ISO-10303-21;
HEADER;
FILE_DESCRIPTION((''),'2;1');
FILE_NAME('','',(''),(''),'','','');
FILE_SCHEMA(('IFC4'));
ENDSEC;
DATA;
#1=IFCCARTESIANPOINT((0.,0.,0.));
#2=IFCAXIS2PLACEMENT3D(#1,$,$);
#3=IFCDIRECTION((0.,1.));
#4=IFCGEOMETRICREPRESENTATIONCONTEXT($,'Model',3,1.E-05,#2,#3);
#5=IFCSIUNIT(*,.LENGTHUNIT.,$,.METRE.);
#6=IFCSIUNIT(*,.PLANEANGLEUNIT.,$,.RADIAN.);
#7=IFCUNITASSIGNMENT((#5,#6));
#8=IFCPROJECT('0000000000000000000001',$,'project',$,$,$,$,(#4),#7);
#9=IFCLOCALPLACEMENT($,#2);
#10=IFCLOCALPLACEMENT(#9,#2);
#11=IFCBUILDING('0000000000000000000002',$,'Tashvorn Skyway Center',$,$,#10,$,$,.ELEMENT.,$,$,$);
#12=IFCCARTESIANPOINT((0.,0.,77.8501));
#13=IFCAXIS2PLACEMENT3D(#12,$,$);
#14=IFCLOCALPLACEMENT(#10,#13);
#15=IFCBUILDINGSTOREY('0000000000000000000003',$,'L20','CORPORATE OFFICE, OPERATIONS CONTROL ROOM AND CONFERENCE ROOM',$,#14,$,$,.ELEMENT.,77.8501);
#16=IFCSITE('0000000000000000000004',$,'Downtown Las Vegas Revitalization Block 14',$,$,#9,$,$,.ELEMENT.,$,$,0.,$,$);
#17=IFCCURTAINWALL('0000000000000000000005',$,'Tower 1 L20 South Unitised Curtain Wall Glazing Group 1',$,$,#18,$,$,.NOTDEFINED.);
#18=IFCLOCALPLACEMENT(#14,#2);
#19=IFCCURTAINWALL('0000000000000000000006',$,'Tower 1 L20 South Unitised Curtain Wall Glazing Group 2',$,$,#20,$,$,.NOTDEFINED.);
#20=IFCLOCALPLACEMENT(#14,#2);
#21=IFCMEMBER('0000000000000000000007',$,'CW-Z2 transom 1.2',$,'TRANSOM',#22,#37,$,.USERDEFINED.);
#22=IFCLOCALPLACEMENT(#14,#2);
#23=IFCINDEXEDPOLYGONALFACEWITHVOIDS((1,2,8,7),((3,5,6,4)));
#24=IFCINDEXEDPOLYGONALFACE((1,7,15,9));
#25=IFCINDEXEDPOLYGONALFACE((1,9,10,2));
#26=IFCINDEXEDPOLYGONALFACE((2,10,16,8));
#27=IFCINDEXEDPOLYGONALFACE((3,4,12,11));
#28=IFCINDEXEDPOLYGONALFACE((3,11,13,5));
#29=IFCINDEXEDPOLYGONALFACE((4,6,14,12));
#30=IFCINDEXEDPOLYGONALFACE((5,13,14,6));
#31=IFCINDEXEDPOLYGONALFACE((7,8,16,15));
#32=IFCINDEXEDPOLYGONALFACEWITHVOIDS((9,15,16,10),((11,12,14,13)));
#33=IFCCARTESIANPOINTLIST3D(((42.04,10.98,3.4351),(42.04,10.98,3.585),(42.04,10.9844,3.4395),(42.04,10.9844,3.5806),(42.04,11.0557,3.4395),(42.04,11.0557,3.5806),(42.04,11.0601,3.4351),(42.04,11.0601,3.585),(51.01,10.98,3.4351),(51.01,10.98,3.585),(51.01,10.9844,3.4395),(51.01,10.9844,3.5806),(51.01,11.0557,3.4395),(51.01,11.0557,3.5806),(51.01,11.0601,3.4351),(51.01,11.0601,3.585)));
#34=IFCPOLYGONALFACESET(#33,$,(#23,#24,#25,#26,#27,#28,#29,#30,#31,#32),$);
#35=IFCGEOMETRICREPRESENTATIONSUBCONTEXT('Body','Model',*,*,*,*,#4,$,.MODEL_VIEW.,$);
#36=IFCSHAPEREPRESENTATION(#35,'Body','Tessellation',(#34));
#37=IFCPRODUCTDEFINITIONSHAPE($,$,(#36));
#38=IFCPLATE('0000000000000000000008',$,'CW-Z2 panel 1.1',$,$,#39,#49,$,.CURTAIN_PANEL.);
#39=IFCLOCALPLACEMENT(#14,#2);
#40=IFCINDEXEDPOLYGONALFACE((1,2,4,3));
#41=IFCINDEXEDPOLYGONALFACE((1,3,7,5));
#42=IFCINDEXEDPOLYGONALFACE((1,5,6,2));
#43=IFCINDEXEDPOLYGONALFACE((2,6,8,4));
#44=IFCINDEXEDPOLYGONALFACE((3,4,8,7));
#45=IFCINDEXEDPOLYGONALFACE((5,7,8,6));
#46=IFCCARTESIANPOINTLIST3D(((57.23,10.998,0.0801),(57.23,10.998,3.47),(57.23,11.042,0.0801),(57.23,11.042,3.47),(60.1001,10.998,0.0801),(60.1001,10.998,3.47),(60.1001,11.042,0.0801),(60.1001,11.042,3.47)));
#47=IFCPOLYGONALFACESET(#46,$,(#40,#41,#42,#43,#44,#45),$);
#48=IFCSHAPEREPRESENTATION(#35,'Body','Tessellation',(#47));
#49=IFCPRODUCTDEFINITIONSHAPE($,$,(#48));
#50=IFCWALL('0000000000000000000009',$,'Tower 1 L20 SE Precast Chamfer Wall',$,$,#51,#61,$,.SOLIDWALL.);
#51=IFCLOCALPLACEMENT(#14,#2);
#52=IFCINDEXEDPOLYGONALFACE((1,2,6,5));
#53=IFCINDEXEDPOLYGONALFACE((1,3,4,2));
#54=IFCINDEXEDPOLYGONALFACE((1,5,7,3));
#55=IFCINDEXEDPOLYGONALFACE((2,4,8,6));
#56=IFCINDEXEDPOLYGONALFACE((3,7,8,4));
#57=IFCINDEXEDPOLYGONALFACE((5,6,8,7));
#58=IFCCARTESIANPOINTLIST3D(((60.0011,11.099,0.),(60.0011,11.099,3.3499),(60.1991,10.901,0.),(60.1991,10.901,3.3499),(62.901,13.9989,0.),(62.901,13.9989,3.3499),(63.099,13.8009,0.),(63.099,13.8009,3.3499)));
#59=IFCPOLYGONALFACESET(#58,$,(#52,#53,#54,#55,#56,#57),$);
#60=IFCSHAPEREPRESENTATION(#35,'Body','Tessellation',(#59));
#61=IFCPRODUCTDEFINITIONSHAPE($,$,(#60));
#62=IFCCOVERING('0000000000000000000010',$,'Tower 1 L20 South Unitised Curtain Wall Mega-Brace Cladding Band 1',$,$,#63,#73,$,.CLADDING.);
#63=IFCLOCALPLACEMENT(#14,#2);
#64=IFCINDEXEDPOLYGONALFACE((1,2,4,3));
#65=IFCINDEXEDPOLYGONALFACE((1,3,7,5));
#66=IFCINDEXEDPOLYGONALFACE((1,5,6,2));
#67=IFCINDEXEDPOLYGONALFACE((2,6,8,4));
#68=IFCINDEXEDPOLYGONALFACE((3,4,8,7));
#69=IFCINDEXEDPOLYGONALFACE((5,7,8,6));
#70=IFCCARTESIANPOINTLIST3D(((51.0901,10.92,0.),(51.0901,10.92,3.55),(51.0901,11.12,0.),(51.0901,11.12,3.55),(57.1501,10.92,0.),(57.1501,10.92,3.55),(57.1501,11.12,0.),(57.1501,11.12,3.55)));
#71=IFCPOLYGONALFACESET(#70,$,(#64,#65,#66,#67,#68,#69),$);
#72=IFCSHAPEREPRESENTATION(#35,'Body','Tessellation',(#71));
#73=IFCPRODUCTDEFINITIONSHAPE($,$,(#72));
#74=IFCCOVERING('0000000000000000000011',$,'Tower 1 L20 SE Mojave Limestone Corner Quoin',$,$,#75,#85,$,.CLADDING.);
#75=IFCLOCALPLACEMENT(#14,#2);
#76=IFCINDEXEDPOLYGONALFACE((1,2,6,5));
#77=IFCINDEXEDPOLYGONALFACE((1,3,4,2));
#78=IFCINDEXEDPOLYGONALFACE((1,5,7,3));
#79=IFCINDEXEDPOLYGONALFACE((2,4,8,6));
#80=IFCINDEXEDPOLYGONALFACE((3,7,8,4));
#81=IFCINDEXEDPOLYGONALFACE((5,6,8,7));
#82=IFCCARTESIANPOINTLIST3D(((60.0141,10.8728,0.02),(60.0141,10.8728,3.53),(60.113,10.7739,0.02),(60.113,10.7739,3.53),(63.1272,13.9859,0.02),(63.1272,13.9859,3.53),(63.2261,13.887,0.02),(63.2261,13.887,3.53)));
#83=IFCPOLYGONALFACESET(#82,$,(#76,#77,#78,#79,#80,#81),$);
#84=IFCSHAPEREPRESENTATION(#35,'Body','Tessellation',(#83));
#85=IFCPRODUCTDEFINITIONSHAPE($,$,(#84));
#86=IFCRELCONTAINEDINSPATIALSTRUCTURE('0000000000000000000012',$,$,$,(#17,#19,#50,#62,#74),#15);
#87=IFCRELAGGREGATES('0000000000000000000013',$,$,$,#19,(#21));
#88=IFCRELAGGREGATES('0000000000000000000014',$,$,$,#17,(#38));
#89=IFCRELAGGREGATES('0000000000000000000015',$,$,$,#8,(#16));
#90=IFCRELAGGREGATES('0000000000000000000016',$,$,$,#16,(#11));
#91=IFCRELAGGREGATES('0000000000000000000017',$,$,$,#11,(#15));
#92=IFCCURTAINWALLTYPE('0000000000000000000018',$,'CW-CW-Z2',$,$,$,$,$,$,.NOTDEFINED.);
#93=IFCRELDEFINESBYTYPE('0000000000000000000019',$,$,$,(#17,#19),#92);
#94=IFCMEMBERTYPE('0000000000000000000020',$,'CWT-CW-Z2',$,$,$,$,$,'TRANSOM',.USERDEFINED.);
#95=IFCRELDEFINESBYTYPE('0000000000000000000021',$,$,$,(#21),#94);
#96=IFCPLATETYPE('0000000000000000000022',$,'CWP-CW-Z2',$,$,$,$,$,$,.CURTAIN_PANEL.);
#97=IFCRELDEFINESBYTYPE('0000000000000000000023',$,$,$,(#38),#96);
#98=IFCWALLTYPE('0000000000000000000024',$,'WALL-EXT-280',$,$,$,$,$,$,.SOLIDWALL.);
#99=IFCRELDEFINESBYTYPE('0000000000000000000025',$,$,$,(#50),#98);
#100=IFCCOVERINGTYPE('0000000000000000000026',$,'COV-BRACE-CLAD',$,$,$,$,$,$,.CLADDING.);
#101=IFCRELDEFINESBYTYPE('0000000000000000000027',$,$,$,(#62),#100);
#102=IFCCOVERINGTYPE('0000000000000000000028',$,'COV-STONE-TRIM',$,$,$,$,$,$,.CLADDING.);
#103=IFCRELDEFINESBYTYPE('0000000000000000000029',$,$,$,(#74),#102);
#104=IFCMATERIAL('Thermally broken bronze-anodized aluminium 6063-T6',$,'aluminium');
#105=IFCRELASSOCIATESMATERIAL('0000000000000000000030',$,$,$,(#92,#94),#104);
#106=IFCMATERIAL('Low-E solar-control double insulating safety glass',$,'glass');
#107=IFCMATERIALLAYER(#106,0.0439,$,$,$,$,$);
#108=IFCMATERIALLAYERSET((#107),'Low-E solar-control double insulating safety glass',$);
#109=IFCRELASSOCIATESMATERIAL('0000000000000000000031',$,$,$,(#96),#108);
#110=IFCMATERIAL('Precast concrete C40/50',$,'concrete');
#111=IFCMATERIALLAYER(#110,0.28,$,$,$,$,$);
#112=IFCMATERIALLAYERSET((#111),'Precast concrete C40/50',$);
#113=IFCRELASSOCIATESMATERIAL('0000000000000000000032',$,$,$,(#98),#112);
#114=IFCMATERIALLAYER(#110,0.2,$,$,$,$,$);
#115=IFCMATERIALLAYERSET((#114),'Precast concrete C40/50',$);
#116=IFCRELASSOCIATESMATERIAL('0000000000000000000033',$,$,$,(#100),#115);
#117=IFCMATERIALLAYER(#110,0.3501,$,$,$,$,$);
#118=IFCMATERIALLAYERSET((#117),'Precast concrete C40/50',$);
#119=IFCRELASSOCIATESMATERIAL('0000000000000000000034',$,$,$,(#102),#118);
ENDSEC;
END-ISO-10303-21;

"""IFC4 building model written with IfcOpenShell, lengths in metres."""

from ifc_helpers import new_model, si_unit, direction, frame, frame_2d, origin, origin_2d, place, context, subcontext, project, spatial, rectangle, hollow_rectangle, extrude, material, layer, layer_set, material_profile, profile_set, type_object, element, aggregate, save


model = new_model("IFC4")

# Units and contexts
model_context = context("Model", 3, precision=1e-05, world=origin(), true_north=direction((0.0, 1.0)))
body_context = subcontext(model_context, "Body", "Model", "MODEL_VIEW")
ifc_project = project(units=[si_unit("LENGTHUNIT", "METRE"), si_unit("PLANEANGLEUNIT", "RADIAN")], contexts=[model_context])

# Site, building, storey
site_placement = place(None, origin())
site = spatial("IfcSite", under=ifc_project, at=site_placement, Name="Downtown Las Vegas Revitalization Block 14", CompositionType="ELEMENT", RefElevation=0.0)
building_placement = place(site_placement, origin())
building = spatial("IfcBuilding", under=site, at=building_placement, Name="Tashvorn Skyway Center", CompositionType="ELEMENT")
storey_placement = place(building_placement, frame((0.0, 0.0, 77.8501)))
storey = spatial("IfcBuildingStorey", under=building, at=storey_placement, Name="L20", Description="CORPORATE OFFICE, OPERATIONS CONTROL ROOM AND CONFERENCE ROOM", CompositionType="ELEMENT", Elevation=77.8501)

# Curtain wall
ifc_material_1 = material(Name="Thermally broken bronze-anodized aluminium 6063-T6", Category="aluminium")
curtain_wall_type = type_object("IfcCurtainWallType", Name="CW-CW-Z2", PredefinedType="NOTDEFINED", material=ifc_material_1)
curtain_wall_1_placement = place(storey_placement, origin())
curtain_wall_1 = element("IfcCurtainWall", 1, at=curtain_wall_1_placement, inside=storey, type_object=curtain_wall_type, Name="Tower 1 L20 South Unitised Curtain Wall Glazing Group 1", PredefinedType="NOTDEFINED")

# Curtain wall
curtain_wall_2_placement = place(storey_placement, origin())
curtain_wall_2 = element("IfcCurtainWall", 2, at=curtain_wall_2_placement, inside=storey, type_object=curtain_wall_type, Name="Tower 1 L20 South Unitised Curtain Wall Glazing Group 2", PredefinedType="NOTDEFINED")

# Member
ifc_material_profile_1 = material_profile(ifc_material_1, hollow_rectangle(XDim=0.0801, YDim=0.1499, WallThickness=0.0044, at=origin_2d()), Name="ALU-TRAN-80x150")
ifc_profile_set_1 = profile_set([ifc_material_profile_1], Name="Thermally broken bronze-anodized aluminium 6063-T6")
member_type_1 = type_object("IfcMemberType", Name="CWT-CW-Z2", ElementType="TRANSOM", PredefinedType="USERDEFINED", material=ifc_profile_set_1)
member_1_placement = place(storey_placement, frame((51.01, 11.02, 3.51), z_axis=(-1.0, 0.0, 0.0), x_axis=(0.0, -1.0, 0.0)))
member_1 = element("IfcMember", 3, at=member_1_placement, type_object=member_type_1, Name="CW-Z2 transom 1.2", ObjectType="TRANSOM", PredefinedType="USERDEFINED", context=body_context, shape_type="SweptSolid", body=[
    extrude(hollow_rectangle(XDim=0.0801, YDim=0.1499, WallThickness=0.0044, at=origin_2d()), origin(), (0.0, 0.0, 1.0), 8.97),
])
aggregate(curtain_wall_2, [member_1])

# Plate
ifc_material_2 = material(Name="Low-E solar-control double insulating safety glass", Category="glass")
ifc_layer_1 = layer(ifc_material_2, 0.0439)
ifc_layer_set_1 = layer_set([ifc_layer_1], Name="Low-E solar-control double insulating safety glass")
plate_type = type_object("IfcPlateType", Name="CWP-CW-Z2", PredefinedType="CURTAIN_PANEL", material=ifc_layer_set_1)
plate_placement = place(storey_placement, frame((58.665, 11.02, 0.0801), z_axis=(0.0, 0.0, 1.0), x_axis=(-1.0, 0.0, 0.0)))
plate = element("IfcPlate", 4, at=plate_placement, type_object=plate_type, Name="CW-Z2 panel 1.1", PredefinedType="CURTAIN_PANEL", context=body_context, shape_type="SweptSolid", body=[
    extrude(rectangle(XDim=2.8701, YDim=0.0439, at=origin_2d()), origin(), (0.0, 0.0, 1.0), 3.3899),
])
aggregate(curtain_wall_1, [plate])

# Wall
ifc_material_3 = material(Name="Precast concrete C40/50", Category="concrete")
ifc_layer_2 = layer(ifc_material_3, 0.28)
ifc_layer_set_2 = layer_set([ifc_layer_2], Name="Precast concrete C40/50")
wall_type = type_object("IfcWallType", Name="WALL-EXT-280", PredefinedType="SOLIDWALL", material=ifc_layer_set_2)
wall_placement = place(storey_placement, frame((63.0, 13.8999, 0.0), z_axis=(0.0, 0.0, 1.0), x_axis=(-0.707107, -0.707107, 0.0)))
element("IfcWall", 5, at=wall_placement, inside=storey, type_object=wall_type, Name="Tower 1 L20 SE Precast Chamfer Wall", PredefinedType="SOLIDWALL", context=body_context, shape_type="SweptSolid", body=[
    extrude(rectangle(XDim=4.1011, YDim=0.28, at=frame_2d((2.0505, 0.0))), origin(), (0.0, 0.0, 1.0), 3.3499),
])

# Coverings
ifc_layer_3 = layer(ifc_material_3, 0.2)
ifc_layer_set_3 = layer_set([ifc_layer_3], Name="Precast concrete C40/50")
covering_type_1 = type_object("IfcCoveringType", Name="COV-BRACE-CLAD", PredefinedType="CLADDING", material=ifc_layer_set_3)
covering_1_placement = place(storey_placement, frame((54.1201, 11.02, 0.0), z_axis=(0.0, 0.0, 1.0), x_axis=(-1.0, 0.0, 0.0)))
element("IfcCovering", 6, at=covering_1_placement, inside=storey, type_object=covering_type_1, Name="Tower 1 L20 South Unitised Curtain Wall Mega-Brace Cladding Band 1", PredefinedType="CLADDING", context=body_context, shape_type="SweptSolid", body=[
    extrude(rectangle(XDim=6.0601, YDim=0.2, at=origin_2d()), origin(), (0.0, 0.0, 1.0), 3.55),
])
ifc_layer_4 = layer(ifc_material_3, 0.3501)
ifc_layer_set_4 = layer_set([ifc_layer_4], Name="Precast concrete C40/50")
covering_type_2 = type_object("IfcCoveringType", Name="COV-STONE-TRIM", PredefinedType="CLADDING", material=ifc_layer_set_4)
covering_2_placement = place(storey_placement, frame((61.6201, 12.3799, 0.02), z_axis=(0.0, 0.0, 1.0), x_axis=(0.707107, 0.707107, 0.0)))
element("IfcCovering", 7, at=covering_2_placement, inside=storey, type_object=covering_type_2, Name="Tower 1 L20 SE Mojave Limestone Corner Quoin", PredefinedType="CLADDING", context=body_context, shape_type="SweptSolid", body=[
    extrude(rectangle(XDim=4.4026, YDim=0.1399, at=origin_2d()), origin(), (0.0, 0.0, 1.0), 3.51),
])

save(model, "model.ifc")
